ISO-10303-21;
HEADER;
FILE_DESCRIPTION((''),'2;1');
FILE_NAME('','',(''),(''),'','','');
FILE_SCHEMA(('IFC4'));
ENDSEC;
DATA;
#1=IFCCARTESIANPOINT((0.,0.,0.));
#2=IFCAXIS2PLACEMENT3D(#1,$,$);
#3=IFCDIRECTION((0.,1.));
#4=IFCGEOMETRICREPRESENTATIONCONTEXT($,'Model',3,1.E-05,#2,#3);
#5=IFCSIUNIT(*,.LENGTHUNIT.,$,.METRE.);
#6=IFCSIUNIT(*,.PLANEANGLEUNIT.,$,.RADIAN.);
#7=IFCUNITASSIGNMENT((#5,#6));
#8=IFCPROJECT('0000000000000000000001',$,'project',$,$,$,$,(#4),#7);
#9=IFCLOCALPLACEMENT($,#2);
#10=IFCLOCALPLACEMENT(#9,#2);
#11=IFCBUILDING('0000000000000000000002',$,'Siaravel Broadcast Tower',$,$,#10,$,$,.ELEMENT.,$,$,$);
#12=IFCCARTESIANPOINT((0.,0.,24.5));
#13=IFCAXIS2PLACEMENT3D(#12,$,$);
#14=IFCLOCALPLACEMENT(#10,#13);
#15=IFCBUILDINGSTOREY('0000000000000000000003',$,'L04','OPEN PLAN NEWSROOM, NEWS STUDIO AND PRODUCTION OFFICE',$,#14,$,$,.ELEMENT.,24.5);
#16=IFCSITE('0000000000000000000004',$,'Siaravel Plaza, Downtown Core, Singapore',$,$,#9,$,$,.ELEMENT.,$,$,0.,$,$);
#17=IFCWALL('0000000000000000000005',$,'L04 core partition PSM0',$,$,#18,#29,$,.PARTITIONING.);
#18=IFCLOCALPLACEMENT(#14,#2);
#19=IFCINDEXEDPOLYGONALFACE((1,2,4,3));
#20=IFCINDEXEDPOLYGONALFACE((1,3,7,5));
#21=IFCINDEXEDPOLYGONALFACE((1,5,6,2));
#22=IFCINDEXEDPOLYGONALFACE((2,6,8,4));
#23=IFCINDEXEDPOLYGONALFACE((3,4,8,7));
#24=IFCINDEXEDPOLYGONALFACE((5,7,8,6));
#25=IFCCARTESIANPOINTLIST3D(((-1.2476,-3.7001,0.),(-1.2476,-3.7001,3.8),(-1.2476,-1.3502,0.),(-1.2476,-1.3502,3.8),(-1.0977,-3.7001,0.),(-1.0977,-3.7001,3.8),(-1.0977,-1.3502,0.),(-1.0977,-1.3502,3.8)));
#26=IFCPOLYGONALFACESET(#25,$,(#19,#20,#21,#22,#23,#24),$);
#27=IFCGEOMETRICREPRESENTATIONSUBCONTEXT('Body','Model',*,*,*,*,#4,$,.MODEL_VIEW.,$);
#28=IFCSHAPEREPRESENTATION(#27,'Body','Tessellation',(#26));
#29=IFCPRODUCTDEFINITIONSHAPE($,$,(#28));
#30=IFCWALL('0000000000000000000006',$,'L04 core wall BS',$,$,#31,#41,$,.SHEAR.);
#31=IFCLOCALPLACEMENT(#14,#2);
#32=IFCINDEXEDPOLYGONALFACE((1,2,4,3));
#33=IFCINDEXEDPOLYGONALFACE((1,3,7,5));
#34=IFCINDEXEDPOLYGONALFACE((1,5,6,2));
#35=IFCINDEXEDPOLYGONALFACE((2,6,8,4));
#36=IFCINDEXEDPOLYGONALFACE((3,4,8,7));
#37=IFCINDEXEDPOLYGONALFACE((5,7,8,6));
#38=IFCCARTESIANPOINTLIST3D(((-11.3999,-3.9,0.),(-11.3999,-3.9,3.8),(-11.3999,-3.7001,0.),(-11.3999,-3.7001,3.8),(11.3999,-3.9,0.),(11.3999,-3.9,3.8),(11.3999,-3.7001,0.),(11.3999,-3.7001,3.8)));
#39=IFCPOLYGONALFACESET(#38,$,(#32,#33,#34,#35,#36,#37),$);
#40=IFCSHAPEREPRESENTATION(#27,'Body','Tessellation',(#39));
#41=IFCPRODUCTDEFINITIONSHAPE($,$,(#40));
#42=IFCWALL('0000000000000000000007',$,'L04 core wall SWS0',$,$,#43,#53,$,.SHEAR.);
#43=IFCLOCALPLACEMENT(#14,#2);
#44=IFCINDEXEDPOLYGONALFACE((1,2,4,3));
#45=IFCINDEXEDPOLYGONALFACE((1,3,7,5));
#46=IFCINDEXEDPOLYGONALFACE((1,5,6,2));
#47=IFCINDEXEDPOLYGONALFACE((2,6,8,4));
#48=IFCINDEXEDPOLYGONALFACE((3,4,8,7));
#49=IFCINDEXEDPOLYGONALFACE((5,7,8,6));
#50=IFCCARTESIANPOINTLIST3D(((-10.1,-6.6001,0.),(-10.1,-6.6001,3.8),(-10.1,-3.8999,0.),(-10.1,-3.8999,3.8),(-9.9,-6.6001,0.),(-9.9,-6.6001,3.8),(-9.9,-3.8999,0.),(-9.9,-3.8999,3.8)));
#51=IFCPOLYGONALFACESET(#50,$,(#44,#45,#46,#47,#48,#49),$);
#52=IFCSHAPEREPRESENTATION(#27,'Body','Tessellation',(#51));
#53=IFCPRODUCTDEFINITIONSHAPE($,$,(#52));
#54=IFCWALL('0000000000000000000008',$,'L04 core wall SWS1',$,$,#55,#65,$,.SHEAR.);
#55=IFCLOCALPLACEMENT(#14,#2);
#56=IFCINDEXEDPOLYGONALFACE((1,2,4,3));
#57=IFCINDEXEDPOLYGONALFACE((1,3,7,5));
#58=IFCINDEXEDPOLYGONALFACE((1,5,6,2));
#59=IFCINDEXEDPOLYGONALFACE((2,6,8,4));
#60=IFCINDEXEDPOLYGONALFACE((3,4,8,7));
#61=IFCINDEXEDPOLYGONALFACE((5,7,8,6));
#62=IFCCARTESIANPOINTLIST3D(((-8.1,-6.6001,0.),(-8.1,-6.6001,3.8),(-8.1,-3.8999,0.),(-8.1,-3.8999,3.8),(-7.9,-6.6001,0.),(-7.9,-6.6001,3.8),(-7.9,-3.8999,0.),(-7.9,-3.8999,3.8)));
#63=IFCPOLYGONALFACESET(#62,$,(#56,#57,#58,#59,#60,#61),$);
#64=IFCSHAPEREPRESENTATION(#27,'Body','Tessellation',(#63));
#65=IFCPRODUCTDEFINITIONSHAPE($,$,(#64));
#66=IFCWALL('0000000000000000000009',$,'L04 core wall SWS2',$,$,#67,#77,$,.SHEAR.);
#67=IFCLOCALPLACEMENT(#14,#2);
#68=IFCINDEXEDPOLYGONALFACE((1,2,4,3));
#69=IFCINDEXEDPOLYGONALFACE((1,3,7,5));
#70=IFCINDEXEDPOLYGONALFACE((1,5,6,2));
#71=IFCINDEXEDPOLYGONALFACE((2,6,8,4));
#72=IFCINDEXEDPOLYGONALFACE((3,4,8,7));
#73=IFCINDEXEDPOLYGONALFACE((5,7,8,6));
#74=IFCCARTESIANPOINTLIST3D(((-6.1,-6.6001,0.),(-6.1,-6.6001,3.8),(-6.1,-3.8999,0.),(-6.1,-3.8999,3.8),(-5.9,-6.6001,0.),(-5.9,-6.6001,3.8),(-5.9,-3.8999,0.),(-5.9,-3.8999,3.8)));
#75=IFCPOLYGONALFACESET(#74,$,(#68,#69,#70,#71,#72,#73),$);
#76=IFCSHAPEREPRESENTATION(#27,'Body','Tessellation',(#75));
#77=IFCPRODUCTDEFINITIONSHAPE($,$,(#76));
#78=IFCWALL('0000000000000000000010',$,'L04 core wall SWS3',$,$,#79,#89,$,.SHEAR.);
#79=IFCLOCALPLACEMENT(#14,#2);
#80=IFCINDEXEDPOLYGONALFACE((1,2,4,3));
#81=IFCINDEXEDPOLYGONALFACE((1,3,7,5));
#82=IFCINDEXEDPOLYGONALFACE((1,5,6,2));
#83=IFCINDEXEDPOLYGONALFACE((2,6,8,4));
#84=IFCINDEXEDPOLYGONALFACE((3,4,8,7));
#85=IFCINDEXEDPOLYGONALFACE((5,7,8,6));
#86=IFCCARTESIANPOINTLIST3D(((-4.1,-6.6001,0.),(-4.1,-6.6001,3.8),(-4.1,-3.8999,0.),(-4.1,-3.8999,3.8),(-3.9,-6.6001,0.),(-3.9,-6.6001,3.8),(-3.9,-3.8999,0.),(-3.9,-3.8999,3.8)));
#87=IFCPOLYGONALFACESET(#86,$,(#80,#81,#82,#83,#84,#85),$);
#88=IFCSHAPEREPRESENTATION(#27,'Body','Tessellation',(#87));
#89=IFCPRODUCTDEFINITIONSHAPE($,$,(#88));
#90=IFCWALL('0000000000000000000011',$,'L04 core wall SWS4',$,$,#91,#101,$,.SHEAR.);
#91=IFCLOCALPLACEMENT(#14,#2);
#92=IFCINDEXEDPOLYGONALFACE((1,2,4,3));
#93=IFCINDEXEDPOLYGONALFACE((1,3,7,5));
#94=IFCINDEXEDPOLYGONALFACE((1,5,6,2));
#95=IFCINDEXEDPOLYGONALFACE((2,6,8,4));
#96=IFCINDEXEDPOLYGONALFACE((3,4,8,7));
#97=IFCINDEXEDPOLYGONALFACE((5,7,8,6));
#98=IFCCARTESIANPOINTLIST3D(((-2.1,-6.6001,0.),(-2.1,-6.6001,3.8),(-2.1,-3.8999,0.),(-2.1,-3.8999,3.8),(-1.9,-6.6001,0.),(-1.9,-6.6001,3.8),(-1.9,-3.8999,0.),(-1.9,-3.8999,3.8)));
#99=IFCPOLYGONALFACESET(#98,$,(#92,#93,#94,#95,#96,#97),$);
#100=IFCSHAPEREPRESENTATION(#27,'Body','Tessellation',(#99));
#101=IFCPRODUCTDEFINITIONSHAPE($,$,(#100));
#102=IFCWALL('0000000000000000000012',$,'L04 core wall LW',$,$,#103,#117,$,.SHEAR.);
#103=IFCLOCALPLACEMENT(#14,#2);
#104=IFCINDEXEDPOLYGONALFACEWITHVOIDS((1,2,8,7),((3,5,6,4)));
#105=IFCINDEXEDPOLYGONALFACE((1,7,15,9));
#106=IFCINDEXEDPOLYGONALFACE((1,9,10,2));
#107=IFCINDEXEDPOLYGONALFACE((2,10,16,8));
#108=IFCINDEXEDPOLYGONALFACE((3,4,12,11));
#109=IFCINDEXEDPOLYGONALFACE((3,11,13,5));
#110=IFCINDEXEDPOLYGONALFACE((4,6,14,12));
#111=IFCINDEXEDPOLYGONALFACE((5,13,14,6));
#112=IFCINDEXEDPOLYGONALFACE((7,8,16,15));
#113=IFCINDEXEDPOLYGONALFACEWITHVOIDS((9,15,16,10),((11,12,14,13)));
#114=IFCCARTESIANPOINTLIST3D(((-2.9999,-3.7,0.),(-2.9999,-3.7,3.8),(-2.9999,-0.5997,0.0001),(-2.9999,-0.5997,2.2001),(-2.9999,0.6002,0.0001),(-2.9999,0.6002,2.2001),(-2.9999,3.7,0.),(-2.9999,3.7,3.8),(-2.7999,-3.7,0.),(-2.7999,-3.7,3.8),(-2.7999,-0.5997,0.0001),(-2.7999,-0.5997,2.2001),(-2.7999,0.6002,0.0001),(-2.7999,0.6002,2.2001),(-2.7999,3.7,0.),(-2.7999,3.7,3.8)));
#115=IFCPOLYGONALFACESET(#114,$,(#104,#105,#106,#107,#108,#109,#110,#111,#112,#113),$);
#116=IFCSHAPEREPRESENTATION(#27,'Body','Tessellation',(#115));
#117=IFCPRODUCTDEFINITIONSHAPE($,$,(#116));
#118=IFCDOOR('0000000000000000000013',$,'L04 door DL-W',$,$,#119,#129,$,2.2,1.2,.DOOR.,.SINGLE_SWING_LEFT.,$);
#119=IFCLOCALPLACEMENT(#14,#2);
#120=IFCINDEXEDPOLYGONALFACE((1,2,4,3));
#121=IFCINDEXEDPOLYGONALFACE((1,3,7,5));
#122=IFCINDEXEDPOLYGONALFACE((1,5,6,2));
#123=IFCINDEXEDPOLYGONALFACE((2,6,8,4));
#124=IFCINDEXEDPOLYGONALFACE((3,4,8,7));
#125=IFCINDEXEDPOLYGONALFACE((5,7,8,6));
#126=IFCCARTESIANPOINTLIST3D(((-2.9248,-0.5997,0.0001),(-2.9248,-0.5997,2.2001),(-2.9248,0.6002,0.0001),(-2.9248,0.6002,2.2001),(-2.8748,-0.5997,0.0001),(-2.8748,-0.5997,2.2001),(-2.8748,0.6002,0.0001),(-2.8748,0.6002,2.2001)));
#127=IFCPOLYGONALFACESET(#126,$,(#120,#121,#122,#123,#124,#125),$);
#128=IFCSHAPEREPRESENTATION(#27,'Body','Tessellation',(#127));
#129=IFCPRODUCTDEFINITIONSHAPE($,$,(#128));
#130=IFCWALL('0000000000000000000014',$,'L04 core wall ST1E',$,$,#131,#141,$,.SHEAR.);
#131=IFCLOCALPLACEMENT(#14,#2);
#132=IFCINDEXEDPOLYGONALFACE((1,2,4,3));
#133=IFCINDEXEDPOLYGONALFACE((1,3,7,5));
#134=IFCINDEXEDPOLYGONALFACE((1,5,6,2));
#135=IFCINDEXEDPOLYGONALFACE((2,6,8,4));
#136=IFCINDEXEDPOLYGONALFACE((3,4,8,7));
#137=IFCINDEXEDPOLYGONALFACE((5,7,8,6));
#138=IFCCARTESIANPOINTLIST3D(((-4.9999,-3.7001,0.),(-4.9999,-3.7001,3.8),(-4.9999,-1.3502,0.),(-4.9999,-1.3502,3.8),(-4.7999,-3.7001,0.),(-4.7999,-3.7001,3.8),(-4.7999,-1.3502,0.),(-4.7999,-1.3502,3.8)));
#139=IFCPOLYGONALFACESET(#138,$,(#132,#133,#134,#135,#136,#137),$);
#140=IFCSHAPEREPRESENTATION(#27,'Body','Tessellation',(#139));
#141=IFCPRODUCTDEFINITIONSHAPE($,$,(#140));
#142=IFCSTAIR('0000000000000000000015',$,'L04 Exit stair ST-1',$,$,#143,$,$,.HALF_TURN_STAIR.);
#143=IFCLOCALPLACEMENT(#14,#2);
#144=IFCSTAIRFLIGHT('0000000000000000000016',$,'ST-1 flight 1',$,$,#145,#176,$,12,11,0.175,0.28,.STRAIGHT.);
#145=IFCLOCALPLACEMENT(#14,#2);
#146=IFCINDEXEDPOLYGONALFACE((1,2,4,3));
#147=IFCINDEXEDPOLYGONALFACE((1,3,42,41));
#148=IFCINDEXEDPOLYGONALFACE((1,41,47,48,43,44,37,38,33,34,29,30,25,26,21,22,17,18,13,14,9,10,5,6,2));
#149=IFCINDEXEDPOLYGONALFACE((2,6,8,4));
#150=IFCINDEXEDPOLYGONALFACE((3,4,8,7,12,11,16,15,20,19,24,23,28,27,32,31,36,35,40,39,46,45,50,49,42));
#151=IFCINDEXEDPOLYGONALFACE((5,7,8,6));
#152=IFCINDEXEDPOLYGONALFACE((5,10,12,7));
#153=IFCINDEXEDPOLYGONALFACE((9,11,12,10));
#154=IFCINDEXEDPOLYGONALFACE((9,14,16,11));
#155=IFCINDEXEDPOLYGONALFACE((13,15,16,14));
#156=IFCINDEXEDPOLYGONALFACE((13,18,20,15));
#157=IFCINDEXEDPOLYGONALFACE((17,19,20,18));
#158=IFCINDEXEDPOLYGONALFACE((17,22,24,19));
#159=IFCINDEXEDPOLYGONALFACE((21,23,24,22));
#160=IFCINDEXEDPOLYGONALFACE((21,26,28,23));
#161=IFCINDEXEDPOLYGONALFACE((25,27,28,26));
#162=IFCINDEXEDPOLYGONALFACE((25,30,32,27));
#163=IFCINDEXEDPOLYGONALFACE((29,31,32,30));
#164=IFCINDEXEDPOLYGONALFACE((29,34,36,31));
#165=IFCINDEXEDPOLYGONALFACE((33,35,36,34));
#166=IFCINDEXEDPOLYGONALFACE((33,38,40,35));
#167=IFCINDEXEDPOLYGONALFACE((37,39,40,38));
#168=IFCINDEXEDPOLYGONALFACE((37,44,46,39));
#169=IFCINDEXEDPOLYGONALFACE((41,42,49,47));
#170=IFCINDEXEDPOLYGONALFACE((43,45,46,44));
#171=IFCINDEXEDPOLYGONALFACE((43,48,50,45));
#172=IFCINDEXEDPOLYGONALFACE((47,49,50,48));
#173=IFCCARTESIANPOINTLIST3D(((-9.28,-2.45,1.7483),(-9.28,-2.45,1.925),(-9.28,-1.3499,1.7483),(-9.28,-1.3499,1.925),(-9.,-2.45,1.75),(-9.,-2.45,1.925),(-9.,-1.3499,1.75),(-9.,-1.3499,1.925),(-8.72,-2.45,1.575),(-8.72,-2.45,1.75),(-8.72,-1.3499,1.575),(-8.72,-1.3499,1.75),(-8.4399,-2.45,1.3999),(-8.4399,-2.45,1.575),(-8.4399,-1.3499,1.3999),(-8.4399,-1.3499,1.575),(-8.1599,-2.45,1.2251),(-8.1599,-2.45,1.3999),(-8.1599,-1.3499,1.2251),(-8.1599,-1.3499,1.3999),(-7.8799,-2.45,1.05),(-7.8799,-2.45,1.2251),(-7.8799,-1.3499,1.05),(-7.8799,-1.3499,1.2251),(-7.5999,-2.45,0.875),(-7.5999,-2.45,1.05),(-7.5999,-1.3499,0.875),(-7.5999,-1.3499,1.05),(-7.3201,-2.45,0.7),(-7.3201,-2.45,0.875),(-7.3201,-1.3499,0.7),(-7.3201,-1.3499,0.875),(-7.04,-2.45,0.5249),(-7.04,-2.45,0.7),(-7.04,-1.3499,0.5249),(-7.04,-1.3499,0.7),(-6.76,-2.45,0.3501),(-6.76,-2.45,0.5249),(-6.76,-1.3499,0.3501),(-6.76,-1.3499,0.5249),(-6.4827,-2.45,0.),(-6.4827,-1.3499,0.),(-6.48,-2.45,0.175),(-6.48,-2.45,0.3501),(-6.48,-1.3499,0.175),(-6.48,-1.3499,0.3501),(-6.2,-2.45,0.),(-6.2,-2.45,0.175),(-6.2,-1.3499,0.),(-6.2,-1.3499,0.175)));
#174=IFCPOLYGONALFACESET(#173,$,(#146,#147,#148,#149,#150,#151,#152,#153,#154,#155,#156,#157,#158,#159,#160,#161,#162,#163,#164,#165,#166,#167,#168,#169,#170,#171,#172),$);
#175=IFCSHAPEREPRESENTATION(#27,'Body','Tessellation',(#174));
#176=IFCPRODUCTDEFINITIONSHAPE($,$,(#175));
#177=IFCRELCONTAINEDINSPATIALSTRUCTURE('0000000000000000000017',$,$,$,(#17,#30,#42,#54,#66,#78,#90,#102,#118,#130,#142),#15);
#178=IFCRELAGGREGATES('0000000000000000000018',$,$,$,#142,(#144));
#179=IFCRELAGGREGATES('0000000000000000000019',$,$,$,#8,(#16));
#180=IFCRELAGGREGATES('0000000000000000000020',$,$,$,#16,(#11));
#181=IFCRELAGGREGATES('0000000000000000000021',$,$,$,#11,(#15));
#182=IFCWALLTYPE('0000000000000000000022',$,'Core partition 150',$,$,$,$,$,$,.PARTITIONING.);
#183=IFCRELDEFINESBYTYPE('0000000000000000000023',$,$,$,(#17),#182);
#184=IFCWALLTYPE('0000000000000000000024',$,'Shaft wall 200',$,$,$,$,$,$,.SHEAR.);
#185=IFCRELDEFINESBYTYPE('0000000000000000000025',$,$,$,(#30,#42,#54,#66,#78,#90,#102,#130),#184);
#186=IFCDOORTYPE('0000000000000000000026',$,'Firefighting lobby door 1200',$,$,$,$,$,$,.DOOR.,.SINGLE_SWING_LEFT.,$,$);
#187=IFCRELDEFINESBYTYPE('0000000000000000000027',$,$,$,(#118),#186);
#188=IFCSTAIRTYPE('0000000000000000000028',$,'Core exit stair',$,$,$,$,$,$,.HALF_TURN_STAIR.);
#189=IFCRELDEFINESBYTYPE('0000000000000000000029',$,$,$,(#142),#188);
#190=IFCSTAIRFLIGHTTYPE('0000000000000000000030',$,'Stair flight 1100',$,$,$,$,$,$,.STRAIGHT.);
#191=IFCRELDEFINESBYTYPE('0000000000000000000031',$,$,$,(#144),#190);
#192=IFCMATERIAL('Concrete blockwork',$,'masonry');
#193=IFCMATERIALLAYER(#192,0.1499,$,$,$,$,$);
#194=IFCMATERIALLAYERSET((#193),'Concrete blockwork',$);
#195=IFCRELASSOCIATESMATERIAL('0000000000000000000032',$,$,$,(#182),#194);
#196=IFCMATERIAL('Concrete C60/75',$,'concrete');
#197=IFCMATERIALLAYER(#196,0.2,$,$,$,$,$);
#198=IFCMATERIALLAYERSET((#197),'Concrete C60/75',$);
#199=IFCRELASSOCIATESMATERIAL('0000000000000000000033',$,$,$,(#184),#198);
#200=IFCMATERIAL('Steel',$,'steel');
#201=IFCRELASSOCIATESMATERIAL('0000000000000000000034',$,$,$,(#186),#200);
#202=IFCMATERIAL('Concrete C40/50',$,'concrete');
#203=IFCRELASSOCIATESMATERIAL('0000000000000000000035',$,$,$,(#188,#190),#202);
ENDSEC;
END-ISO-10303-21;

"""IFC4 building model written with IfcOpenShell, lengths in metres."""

from ifc_helpers import new_model, si_unit, direction, frame, frame_2d, origin, place, context, subcontext, project, spatial, polyline, rectangle, outline, extrude, material, layer, layer_set, type_object, element, fill, aggregate, save


model = new_model("IFC4")

# Units and contexts
model_context = context("Model", 3, precision=1e-05, world=origin(), true_north=direction((0.0, 1.0)))
body_context = subcontext(model_context, "Body", "Model", "MODEL_VIEW")
ifc_project = project(units=[si_unit("LENGTHUNIT", "METRE"), si_unit("PLANEANGLEUNIT", "RADIAN")], contexts=[model_context])

# Site, building, storey
site_placement = place(None, origin())
site = spatial("IfcSite", under=ifc_project, at=site_placement, Name="Siaravel Plaza, Downtown Core, Singapore", CompositionType="ELEMENT", RefElevation=0.0)
building_placement = place(site_placement, origin())
building = spatial("IfcBuilding", under=site, at=building_placement, Name="Siaravel Broadcast Tower", CompositionType="ELEMENT")
storey_placement = place(building_placement, frame((0.0, 0.0, 24.5)))
storey = spatial("IfcBuildingStorey", under=building, at=storey_placement, Name="L04", Description="OPEN PLAN NEWSROOM, NEWS STUDIO AND PRODUCTION OFFICE", CompositionType="ELEMENT", Elevation=24.5)

# Walls
ifc_material_1 = material(Name="Concrete blockwork", Category="masonry")
ifc_layer_1 = layer(ifc_material_1, 0.1499)
ifc_layer_set_1 = layer_set([ifc_layer_1], Name="Concrete blockwork")
wall_type_1 = type_object("IfcWallType", Name="Core partition 150", PredefinedType="PARTITIONING", material=ifc_layer_set_1)
wall_1_placement = place(storey_placement, frame((-1.1726, -3.7, 0.0), z_axis=(0.0, 0.0, 1.0), x_axis=(0.0, 1.0, 0.0)))
element("IfcWall", 1, at=wall_1_placement, inside=storey, type_object=wall_type_1, Name="L04 core partition PSM0", PredefinedType="PARTITIONING", context=body_context, shape_type="SweptSolid", body=[
    extrude(rectangle(XDim=2.3499, YDim=0.1499, at=frame_2d((1.1748, 0.0))), origin(), (0.0, 0.0, 1.0), 3.8),
])
ifc_material_2 = material(Name="Concrete C60/75", Category="concrete")
ifc_layer_2 = layer(ifc_material_2, 0.2)
ifc_layer_set_2 = layer_set([ifc_layer_2], Name="Concrete C60/75")
wall_type_2 = type_object("IfcWallType", Name="Shaft wall 200", PredefinedType="SHEAR", material=ifc_layer_set_2)
wall_2_placement = place(storey_placement, frame((-11.3999, -3.8, 0.0), z_axis=(0.0, 0.0, 1.0), x_axis=(1.0, 0.0, 0.0)))
element("IfcWall", 2, at=wall_2_placement, inside=storey, type_object=wall_type_2, Name="L04 core wall BS", PredefinedType="SHEAR", context=body_context, shape_type="SweptSolid", body=[
    extrude(rectangle(XDim=22.7998, YDim=0.2, at=frame_2d((11.3999, 0.0))), origin(), (0.0, 0.0, 1.0), 3.8),
])
for number, where, z_axis, x_axis, name in (
    (3, (-10.0, -6.6001, 0.0), (0.0, 0.0, 1.0), (0.0, 1.0, 0.0), "L04 core wall SWS0"),
    (4, (-8.0, -6.6001, 0.0), (0.0, 0.0, 1.0), (0.0, 1.0, 0.0), "L04 core wall SWS1"),
    (5, (-6.0, -6.6001, 0.0), (0.0, 0.0, 1.0), (0.0, 1.0, 0.0), "L04 core wall SWS2"),
    (6, (-4.0, -6.6001, 0.0), (0.0, 0.0, 1.0), (0.0, 1.0, 0.0), "L04 core wall SWS3"),
    (7, (-2.0, -6.6001, 0.0), (0.0, 0.0, 1.0), (0.0, 1.0, 0.0), "L04 core wall SWS4"),
):
    element("IfcWall", number, at=place(storey_placement, frame(where, z_axis=z_axis, x_axis=x_axis)), inside=storey, type_object=wall_type_2, Name=name, PredefinedType="SHEAR", context=body_context, shape_type="SweptSolid", body=[
        extrude(rectangle(XDim=2.7002, YDim=0.2, at=frame_2d((1.3501, 0.0))), origin(), (0.0, 0.0, 1.0), 3.8),
    ])

# Wall, opening, door
wall_3_placement = place(storey_placement, frame((-2.8999, -3.7, 0.0), z_axis=(0.0, 0.0, 1.0), x_axis=(0.0, 1.0, 0.0)))
wall_3 = element("IfcWall", 8, at=wall_3_placement, inside=storey, type_object=wall_type_2, Name="L04 core wall LW", PredefinedType="SHEAR", context=body_context, shape_type="SweptSolid", body=[
    extrude(rectangle(XDim=7.3999, YDim=0.2, at=frame_2d((3.7, 0.0))), origin(), (0.0, 0.0, 1.0), 3.8),
])
opening_placement = place(wall_3_placement, frame((3.1001, 0.0, 0.0)))
opening = element("IfcOpeningElement", 9, at=opening_placement, cuts=wall_3, PredefinedType="OPENING", context=body_context, shape_type="SweptSolid", body=[
    extrude(rectangle(XDim=1.2, YDim=2.2, at=frame_2d((0.6001, 1.1001))), frame((0.0, 0.1099, 0.0), z_axis=(0.0, -1.0, 0.0), x_axis=(1.0, 0.0, 0.0)), (0.0, 0.0, 1.0), 0.22),
])
ifc_material_3 = material(Name="Steel", Category="steel")
door_type = type_object("IfcDoorType", Name="Firefighting lobby door 1200", OperationType="SINGLE_SWING_LEFT", PredefinedType="DOOR", material=ifc_material_3)
door_placement = place(opening_placement, origin())
door = element("IfcDoor", 10, at=door_placement, inside=storey, type_object=door_type, Name="L04 door DL-W", OperationType="SINGLE_SWING_LEFT", OverallHeight=2.2, OverallWidth=1.2, PredefinedType="DOOR", context=body_context, shape_type="SweptSolid", body=[
    extrude(rectangle(XDim=1.2, YDim=2.2, at=frame_2d((0.6001, 1.1001))), frame((0.0, 0.0249, 0.0), z_axis=(0.0, -1.0, 0.0), x_axis=(1.0, 0.0, 0.0)), (0.0, 0.0, 1.0), 0.05),
])
fill(opening, door)

# Wall
wall_4_placement = place(storey_placement, frame((-4.8999, -3.7, 0.0), z_axis=(0.0, 0.0, 1.0), x_axis=(0.0, 1.0, 0.0)))
element("IfcWall", 11, at=wall_4_placement, inside=storey, type_object=wall_type_2, Name="L04 core wall ST1E", PredefinedType="SHEAR", context=body_context, shape_type="SweptSolid", body=[
    extrude(rectangle(XDim=2.3499, YDim=0.2, at=frame_2d((1.1748, 0.0))), origin(), (0.0, 0.0, 1.0), 3.8),
])

# Stair, stair flight
ifc_material_4 = material(Name="Concrete C40/50", Category="concrete")
stair_type = type_object("IfcStairType", Name="Core exit stair", PredefinedType="HALF_TURN_STAIR", material=ifc_material_4)
stair_placement = place(storey_placement, origin())
stair = element("IfcStair", 12, at=stair_placement, inside=storey, type_object=stair_type, Name="L04 Exit stair ST-1", PredefinedType="HALF_TURN_STAIR")
stair_flight_type = type_object("IfcStairFlightType", Name="Stair flight 1100", PredefinedType="STRAIGHT", material=ifc_material_4)
stair_flight_1_placement = place(storey_placement, frame((-6.2, -1.8999, 0.0), z_axis=(0.0, 0.0, 1.0), x_axis=(-1.0, 0.0, 0.0)))
stair_flight_1 = element("IfcStairFlight", 13, at=stair_flight_1_placement, type_object=stair_flight_type, Name="ST-1 flight 1", NumberOfRisers=12, NumberOfTreads=11, PredefinedType="STRAIGHT", RiserHeight=0.175, TreadLength=0.28, context=body_context, shape_type="SweptSolid", body=[
    extrude(outline(polyline([(0.0, 0.0), (0.0, 0.175), (0.28, 0.175), (0.28, 0.3501), (0.5601, 0.3501), (0.5601, 0.5249), (0.8401, 0.5249), (0.8401, 0.7), (1.1201, 0.7), (1.1201, 0.875), (1.3999, 0.875), (1.3999, 1.05), (1.6799, 1.05), (1.6799, 1.2251), (1.96, 1.2251), (1.96, 1.3999), (2.24, 1.3999), (2.24, 1.575), (2.52, 1.575), (2.52, 1.75), (2.8, 1.75), (2.8, 1.925), (3.0801, 1.925), (3.0801, 2.1001), (3.0801, 1.7483), (0.2827, 0.0), (0.0, 0.0)])), frame((0.0, 0.55, 0.0), z_axis=(0.0, -1.0, 0.0), x_axis=(1.0, 0.0, 0.0)), (0.0, 0.0, 1.0), 1.1001),
])
aggregate(stair, [stair_flight_1])

save(model, "model.ifc")
